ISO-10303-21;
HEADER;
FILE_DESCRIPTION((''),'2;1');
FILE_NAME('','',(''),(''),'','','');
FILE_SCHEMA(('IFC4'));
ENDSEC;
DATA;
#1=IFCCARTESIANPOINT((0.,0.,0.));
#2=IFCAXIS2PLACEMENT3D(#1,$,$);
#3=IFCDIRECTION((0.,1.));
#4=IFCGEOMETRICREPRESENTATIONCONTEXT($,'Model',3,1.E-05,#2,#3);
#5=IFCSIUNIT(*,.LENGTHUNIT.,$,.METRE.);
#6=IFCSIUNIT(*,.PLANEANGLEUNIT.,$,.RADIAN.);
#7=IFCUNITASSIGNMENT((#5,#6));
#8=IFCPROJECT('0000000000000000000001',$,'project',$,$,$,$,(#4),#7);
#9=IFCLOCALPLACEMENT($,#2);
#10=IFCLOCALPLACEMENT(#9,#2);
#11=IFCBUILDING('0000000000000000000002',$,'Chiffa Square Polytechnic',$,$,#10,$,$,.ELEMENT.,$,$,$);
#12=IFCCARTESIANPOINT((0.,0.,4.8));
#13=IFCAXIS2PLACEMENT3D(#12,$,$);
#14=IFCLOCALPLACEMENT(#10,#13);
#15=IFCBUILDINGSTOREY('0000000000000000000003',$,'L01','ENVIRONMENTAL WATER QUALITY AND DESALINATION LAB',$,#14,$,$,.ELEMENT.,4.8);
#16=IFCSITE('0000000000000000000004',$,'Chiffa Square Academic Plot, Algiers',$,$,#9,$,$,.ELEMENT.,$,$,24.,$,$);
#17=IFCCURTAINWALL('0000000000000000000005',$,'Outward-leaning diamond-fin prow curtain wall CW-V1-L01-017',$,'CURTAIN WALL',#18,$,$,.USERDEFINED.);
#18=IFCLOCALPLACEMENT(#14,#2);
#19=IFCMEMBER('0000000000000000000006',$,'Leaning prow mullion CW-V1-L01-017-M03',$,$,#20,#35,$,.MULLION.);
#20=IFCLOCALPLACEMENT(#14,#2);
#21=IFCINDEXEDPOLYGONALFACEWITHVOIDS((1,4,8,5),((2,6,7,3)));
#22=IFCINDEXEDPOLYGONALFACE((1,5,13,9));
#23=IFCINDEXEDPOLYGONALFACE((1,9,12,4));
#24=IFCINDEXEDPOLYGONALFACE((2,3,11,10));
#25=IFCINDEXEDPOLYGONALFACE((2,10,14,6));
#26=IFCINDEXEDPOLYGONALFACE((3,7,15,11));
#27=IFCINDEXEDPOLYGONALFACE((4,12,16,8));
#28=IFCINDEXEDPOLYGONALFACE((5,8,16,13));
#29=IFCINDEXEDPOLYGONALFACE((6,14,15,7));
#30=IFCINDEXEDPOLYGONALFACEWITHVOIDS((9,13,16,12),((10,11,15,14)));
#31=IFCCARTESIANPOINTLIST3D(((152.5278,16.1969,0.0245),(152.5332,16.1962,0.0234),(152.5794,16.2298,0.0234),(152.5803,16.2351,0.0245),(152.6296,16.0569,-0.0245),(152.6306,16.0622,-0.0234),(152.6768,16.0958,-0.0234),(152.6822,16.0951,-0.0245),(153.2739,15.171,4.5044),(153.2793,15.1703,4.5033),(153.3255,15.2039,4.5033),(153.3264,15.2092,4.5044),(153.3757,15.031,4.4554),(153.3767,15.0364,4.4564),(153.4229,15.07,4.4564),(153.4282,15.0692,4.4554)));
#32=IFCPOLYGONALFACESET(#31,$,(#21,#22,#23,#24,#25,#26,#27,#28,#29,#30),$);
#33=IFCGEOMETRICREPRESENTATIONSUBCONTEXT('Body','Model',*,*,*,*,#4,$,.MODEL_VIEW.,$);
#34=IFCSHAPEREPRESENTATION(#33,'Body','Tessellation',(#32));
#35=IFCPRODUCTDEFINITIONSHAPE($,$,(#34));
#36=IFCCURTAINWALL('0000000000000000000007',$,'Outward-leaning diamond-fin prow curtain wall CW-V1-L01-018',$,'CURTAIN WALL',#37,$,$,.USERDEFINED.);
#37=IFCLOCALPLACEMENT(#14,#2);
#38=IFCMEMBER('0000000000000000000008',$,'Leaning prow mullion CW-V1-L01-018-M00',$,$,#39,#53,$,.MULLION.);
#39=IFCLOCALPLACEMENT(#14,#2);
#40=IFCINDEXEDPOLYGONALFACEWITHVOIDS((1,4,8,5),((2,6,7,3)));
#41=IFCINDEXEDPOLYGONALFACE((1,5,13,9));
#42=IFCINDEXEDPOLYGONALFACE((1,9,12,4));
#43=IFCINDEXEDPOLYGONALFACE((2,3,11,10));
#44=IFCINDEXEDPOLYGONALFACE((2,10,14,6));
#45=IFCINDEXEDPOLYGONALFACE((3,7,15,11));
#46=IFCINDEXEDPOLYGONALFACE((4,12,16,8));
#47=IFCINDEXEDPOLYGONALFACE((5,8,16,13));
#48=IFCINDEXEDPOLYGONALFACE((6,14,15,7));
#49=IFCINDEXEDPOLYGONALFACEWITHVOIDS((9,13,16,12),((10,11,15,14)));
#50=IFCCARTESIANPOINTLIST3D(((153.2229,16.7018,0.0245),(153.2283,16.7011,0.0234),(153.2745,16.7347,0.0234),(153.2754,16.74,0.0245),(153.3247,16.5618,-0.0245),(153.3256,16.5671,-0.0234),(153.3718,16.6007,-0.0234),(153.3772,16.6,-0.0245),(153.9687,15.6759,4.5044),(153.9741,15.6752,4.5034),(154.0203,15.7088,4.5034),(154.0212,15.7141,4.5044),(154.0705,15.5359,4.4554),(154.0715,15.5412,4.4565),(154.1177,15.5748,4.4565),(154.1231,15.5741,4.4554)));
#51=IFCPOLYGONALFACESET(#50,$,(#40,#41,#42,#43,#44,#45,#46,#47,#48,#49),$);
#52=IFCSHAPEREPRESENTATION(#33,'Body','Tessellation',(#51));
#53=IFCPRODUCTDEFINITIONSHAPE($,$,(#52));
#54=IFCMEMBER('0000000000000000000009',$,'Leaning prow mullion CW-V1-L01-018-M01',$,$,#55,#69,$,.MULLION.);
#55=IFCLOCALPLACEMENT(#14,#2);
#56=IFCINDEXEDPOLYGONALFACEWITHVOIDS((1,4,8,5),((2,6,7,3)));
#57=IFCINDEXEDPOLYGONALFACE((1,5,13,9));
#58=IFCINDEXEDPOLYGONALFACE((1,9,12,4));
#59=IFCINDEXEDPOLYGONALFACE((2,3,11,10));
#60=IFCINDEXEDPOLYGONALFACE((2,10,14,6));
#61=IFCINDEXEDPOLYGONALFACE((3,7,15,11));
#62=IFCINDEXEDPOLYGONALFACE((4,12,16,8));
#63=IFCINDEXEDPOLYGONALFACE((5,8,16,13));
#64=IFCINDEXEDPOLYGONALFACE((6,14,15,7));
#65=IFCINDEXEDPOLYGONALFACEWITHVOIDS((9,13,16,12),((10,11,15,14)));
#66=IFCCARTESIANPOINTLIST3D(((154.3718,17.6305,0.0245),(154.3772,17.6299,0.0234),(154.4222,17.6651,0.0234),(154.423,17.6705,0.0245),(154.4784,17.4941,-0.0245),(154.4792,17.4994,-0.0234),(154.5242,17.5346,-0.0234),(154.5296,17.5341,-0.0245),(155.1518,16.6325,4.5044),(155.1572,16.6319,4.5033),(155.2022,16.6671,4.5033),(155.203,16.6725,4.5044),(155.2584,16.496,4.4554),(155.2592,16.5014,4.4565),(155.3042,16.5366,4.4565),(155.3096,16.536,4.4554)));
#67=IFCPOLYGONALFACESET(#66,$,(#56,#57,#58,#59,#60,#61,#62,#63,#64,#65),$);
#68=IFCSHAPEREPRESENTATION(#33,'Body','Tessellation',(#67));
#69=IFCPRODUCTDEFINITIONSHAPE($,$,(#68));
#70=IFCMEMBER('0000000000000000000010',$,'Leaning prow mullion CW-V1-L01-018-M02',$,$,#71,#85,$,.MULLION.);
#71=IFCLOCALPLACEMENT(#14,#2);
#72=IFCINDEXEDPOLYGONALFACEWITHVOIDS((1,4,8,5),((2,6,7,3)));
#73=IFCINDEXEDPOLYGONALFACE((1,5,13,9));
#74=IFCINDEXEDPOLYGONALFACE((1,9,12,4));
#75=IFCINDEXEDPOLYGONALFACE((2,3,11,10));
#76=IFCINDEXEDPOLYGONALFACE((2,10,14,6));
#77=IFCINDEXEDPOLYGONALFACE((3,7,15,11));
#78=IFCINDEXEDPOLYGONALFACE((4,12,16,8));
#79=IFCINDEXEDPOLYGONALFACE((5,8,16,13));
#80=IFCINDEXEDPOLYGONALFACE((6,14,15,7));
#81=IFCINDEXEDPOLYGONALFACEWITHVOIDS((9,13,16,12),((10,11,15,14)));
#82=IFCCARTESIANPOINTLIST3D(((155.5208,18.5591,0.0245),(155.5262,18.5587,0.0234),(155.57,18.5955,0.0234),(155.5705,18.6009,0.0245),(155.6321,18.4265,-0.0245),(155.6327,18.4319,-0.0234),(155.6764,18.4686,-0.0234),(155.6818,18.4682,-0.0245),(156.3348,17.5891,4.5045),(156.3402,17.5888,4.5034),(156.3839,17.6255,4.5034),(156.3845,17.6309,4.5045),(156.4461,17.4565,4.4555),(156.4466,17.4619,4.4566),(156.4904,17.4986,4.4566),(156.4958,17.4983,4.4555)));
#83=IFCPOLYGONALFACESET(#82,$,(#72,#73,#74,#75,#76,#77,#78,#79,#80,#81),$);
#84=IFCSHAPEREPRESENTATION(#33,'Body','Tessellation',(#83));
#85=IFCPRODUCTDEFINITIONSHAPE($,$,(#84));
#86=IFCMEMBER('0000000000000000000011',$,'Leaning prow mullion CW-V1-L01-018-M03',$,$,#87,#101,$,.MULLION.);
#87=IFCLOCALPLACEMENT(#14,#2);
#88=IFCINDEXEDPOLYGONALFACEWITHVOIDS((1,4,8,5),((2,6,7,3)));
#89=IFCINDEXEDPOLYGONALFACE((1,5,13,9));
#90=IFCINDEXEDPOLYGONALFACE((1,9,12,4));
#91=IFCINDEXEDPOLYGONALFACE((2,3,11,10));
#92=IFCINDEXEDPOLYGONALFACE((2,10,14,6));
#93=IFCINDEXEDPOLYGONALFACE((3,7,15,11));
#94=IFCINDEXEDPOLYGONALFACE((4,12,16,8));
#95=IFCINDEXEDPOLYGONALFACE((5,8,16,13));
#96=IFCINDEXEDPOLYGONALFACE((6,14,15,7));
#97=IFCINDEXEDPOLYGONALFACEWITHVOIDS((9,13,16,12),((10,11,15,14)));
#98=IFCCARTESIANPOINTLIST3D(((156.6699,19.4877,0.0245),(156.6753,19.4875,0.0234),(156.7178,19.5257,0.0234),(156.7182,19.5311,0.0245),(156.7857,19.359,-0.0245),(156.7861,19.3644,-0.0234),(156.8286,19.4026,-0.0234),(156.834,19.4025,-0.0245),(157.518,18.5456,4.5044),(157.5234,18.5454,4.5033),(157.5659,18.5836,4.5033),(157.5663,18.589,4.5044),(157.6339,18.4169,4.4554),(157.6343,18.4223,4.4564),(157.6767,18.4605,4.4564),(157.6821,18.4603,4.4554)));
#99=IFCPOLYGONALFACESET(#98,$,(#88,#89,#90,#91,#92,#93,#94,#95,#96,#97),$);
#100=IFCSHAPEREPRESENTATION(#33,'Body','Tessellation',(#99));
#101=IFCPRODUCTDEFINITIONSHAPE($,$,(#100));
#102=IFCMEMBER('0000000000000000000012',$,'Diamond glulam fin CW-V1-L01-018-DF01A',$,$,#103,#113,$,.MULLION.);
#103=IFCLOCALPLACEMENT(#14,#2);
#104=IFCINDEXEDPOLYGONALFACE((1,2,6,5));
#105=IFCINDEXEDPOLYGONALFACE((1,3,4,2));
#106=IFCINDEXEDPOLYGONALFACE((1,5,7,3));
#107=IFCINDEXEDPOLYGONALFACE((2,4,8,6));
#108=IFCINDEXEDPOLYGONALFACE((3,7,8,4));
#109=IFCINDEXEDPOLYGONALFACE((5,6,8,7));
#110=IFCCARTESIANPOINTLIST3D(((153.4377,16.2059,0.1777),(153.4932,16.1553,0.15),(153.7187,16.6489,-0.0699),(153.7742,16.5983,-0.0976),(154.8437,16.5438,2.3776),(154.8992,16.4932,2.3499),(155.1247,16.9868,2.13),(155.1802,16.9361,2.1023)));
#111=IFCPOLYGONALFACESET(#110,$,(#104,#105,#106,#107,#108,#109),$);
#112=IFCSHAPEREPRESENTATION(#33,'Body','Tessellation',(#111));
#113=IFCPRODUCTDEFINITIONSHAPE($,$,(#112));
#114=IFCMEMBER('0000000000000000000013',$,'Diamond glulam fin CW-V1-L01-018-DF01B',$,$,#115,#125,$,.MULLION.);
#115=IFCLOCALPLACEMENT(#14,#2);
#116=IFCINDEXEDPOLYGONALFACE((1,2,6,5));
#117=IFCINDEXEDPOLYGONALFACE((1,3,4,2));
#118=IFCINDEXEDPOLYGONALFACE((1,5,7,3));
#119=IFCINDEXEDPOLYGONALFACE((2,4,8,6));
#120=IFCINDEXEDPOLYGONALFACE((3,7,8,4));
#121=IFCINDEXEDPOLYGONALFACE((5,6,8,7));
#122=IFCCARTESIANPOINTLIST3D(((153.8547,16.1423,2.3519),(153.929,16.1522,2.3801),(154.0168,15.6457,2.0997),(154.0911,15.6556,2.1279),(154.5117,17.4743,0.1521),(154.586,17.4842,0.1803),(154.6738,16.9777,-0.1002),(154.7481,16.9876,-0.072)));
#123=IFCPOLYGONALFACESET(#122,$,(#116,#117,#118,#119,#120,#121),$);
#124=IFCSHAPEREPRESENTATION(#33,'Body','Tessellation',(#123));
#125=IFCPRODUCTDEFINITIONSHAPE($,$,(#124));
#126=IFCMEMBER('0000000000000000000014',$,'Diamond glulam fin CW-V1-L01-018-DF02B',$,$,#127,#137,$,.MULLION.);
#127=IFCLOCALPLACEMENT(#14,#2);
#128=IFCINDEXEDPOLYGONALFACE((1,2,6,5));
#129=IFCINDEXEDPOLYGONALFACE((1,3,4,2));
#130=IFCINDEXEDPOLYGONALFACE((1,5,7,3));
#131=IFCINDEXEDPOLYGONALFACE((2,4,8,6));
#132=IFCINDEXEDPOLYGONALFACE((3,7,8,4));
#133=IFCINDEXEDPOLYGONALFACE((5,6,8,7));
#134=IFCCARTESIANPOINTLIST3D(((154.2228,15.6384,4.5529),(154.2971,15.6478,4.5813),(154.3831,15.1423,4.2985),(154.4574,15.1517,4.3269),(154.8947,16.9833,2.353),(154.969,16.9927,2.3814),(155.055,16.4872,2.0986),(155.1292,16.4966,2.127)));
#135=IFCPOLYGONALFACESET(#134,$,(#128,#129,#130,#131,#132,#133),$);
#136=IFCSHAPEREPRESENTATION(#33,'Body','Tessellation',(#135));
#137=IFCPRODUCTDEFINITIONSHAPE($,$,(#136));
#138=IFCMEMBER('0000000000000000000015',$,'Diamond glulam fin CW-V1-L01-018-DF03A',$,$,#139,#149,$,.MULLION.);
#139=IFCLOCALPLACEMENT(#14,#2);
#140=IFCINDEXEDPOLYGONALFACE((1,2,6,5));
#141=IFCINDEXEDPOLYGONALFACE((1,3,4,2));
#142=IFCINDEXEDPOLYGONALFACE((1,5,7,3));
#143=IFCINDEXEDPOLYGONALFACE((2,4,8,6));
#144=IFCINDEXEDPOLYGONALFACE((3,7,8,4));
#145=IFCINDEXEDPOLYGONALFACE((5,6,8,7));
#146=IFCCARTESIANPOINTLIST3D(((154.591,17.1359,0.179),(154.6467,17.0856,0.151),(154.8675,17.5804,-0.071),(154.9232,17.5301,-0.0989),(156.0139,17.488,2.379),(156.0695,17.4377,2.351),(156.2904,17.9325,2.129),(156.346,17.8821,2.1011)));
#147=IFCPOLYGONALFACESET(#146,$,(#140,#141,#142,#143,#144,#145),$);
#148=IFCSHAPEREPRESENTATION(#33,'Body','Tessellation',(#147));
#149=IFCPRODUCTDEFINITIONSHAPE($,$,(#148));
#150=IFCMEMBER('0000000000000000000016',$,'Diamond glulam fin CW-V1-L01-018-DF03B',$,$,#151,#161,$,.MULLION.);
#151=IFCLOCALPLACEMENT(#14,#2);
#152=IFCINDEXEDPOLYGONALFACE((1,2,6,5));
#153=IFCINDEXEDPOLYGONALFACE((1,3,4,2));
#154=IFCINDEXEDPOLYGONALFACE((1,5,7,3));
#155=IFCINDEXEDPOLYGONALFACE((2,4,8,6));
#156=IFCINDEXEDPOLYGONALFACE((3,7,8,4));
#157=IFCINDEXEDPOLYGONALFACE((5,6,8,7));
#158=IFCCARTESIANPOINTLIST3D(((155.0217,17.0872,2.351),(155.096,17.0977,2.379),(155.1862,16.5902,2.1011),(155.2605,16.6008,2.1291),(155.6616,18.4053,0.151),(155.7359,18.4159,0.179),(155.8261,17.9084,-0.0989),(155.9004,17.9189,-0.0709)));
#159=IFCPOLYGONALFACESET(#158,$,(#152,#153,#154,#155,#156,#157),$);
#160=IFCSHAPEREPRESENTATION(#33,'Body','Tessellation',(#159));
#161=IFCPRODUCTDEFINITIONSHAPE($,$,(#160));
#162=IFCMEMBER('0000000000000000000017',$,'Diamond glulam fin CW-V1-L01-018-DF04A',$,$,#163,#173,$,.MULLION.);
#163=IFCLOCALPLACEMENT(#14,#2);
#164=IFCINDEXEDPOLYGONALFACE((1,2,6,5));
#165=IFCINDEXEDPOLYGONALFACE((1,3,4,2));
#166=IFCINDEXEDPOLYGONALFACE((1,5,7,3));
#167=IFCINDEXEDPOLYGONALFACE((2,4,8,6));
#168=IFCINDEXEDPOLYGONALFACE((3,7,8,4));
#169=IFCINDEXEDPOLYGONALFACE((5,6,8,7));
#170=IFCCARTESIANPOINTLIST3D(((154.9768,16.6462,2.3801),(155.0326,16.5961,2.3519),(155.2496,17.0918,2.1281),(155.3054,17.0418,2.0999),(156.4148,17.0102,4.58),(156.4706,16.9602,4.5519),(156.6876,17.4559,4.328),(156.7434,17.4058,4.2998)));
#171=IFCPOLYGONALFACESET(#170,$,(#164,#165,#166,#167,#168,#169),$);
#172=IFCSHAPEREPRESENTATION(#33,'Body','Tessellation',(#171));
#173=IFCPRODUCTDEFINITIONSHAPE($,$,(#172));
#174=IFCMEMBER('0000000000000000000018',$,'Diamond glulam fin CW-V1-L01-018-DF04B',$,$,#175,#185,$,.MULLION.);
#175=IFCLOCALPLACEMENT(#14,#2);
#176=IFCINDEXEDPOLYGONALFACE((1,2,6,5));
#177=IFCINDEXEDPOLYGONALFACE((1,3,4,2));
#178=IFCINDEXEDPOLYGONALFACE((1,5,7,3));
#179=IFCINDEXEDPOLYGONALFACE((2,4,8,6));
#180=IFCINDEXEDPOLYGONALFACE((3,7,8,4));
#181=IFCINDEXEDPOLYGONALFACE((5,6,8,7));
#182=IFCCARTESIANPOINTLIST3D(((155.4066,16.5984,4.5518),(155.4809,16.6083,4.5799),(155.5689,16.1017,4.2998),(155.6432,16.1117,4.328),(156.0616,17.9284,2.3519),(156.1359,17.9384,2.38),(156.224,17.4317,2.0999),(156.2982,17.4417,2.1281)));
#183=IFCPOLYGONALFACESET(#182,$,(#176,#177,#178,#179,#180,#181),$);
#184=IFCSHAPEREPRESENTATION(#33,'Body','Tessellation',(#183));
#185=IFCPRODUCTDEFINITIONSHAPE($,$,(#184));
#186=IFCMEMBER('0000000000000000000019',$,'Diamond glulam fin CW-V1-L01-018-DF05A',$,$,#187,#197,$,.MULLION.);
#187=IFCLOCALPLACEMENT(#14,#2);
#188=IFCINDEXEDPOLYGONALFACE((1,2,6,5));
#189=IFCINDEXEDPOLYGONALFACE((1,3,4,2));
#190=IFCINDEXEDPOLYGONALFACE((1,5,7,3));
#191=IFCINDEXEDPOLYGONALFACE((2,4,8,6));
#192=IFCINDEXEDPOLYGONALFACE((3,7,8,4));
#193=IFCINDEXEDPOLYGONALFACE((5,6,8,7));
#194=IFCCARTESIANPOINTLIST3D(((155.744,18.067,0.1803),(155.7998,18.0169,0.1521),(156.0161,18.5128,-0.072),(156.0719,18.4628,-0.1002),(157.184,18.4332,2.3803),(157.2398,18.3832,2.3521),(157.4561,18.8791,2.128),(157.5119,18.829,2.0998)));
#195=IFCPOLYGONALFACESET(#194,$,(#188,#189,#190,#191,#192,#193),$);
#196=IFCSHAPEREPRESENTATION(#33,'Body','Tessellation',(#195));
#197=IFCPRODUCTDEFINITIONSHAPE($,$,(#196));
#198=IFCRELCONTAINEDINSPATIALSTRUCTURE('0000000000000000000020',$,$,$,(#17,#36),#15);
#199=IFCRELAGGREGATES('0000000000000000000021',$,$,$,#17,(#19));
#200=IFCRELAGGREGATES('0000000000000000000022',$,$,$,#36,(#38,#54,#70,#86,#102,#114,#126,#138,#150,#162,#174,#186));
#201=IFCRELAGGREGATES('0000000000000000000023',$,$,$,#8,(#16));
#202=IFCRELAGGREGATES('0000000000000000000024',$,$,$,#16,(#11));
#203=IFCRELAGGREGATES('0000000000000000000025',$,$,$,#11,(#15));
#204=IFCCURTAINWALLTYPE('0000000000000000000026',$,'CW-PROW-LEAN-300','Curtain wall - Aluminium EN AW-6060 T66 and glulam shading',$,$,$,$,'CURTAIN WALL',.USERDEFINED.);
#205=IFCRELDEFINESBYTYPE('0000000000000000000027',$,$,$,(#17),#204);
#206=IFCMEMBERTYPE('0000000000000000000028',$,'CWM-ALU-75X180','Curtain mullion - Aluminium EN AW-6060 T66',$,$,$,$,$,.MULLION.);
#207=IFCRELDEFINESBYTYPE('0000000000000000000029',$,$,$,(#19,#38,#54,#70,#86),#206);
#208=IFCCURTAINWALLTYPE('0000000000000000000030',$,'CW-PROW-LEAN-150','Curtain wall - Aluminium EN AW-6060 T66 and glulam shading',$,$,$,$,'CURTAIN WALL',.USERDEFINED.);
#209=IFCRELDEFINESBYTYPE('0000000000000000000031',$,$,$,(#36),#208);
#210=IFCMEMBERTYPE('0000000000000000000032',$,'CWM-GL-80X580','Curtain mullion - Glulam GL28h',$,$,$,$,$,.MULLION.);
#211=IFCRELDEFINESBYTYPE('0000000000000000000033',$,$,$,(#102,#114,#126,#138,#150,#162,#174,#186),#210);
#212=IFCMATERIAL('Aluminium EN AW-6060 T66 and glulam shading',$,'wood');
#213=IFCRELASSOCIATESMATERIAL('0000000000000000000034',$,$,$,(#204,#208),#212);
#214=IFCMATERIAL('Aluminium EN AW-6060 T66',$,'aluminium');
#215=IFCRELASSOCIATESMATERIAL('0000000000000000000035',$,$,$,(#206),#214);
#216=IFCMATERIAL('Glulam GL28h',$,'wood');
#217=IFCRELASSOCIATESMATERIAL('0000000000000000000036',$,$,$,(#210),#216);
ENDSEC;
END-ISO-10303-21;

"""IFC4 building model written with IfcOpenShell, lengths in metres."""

from ifc_helpers import new_model, si_unit, direction, frame, origin, origin_2d, place, context, subcontext, project, spatial, rectangle, hollow_rectangle, extrude, material, material_profile, profile_set, type_object, element, aggregate, save


model = new_model("IFC4")

# Units and contexts
model_context = context("Model", 3, precision=1e-05, world=origin(), true_north=direction((0.0, 1.0)))
body_context = subcontext(model_context, "Body", "Model", "MODEL_VIEW")
ifc_project = project(units=[si_unit("LENGTHUNIT", "METRE"), si_unit("PLANEANGLEUNIT", "RADIAN")], contexts=[model_context])

# Site, building, storey
site_placement = place(None, origin())
site = spatial("IfcSite", under=ifc_project, at=site_placement, Name="Chiffa Square Academic Plot, Algiers", CompositionType="ELEMENT", RefElevation=24.0)
building_placement = place(site_placement, origin())
building = spatial("IfcBuilding", under=site, at=building_placement, Name="Chiffa Square Polytechnic", CompositionType="ELEMENT")
storey_placement = place(building_placement, frame((0.0, 0.0, 4.8)))
storey = spatial("IfcBuildingStorey", under=building, at=storey_placement, Name="L01", Description="ENVIRONMENTAL WATER QUALITY AND DESALINATION LAB", CompositionType="ELEMENT", Elevation=4.8)

# Curtain wall, member
ifc_material_1 = material(Name="Aluminium EN AW-6060 T66 and glulam shading", Category="wood")
curtain_wall_type_1 = type_object("IfcCurtainWallType", Name="CW-PROW-LEAN-300", Description="Curtain wall - Aluminium EN AW-6060 T66 and glulam shading", ElementType="CURTAIN WALL", PredefinedType="USERDEFINED", material=ifc_material_1)
curtain_wall_1_placement = place(storey_placement, origin())
curtain_wall_1 = element("IfcCurtainWall", 1, at=curtain_wall_1_placement, inside=storey, type_object=curtain_wall_type_1, Name="Outward-leaning diamond-fin prow curtain wall CW-V1-L01-017", ObjectType="CURTAIN WALL", PredefinedType="USERDEFINED")
ifc_material_2 = material(Name="Aluminium EN AW-6060 T66", Category="aluminium")
ifc_material_profile_1 = material_profile(ifc_material_2, hollow_rectangle(XDim=0.0649, YDim=0.1799, WallThickness=0.0039, at=origin_2d()), Name="ALU 65x180x4")
ifc_profile_set_1 = profile_set([ifc_material_profile_1], Name="Aluminium EN AW-6060 T66")
member_type_1 = type_object("IfcMemberType", Name="CWM-ALU-75X180", Description="Curtain mullion - Aluminium EN AW-6060 T66", PredefinedType="MULLION", material=ifc_profile_set_1)
member_1_placement = place(storey_placement, frame((152.605, 16.146, 0.0), z_axis=(0.16024, -0.22033, 0.962174), x_axis=(0.808736, 0.588172, 0.0)))
member_1 = element("IfcMember", 2, at=member_1_placement, type_object=member_type_1, Name="Leaning prow mullion CW-V1-L01-017-M03", PredefinedType="MULLION", context=body_context, shape_type="SweptSolid", body=[
    extrude(hollow_rectangle(XDim=0.0649, YDim=0.1799, WallThickness=0.0039, at=origin_2d()), origin(), (0.0, 0.0, 1.0), 4.656),
])
aggregate(curtain_wall_1, [member_1])

# Curtain wall, members
curtain_wall_type_2 = type_object("IfcCurtainWallType", Name="CW-PROW-LEAN-150", Description="Curtain wall - Aluminium EN AW-6060 T66 and glulam shading", ElementType="CURTAIN WALL", PredefinedType="USERDEFINED", material=ifc_material_1)
curtain_wall_2_placement = place(storey_placement, origin())
curtain_wall_2 = element("IfcCurtainWall", 3, at=curtain_wall_2_placement, inside=storey, type_object=curtain_wall_type_2, Name="Outward-leaning diamond-fin prow curtain wall CW-V1-L01-018", ObjectType="CURTAIN WALL", PredefinedType="USERDEFINED")
member_2_placement = place(storey_placement, frame((153.3, 16.6509, 0.0), z_axis=(0.160189, -0.220332, 0.962182), x_axis=(0.808828, 0.588046, 0.0)))
member_2 = element("IfcMember", 4, at=member_2_placement, type_object=member_type_1, Name="Leaning prow mullion CW-V1-L01-018-M00", PredefinedType="MULLION", context=body_context, shape_type="SweptSolid", body=[
    extrude(hollow_rectangle(XDim=0.0649, YDim=0.1799, WallThickness=0.0039, at=origin_2d()), origin(), (0.0, 0.0, 1.0), 4.656),
])
member_3_placement = place(storey_placement, frame((154.4507, 17.5823, 0.0), z_axis=(0.167546, -0.214375, 0.962274), x_axis=(0.787907, 0.615794, 0.0)))
member_3 = element("IfcMember", 5, at=member_3_placement, type_object=member_type_1, Name="Leaning prow mullion CW-V1-L01-018-M01", PredefinedType="MULLION", context=body_context, shape_type="SweptSolid", body=[
    extrude(hollow_rectangle(XDim=0.0649, YDim=0.1799, WallThickness=0.0039, at=origin_2d()), origin(), (0.0, 0.0, 1.0), 4.6555),
])
member_4_placement = place(storey_placement, frame((155.6013, 18.5137, 0.0), z_axis=(0.17484, -0.20835, 0.9623), x_axis=(0.76602, 0.642817, 0.0)))
member_4 = element("IfcMember", 6, at=member_4_placement, type_object=member_type_1, Name="Leaning prow mullion CW-V1-L01-018-M02", PredefinedType="MULLION", context=body_context, shape_type="SweptSolid", body=[
    extrude(hollow_rectangle(XDim=0.0649, YDim=0.1799, WallThickness=0.0039, at=origin_2d()), origin(), (0.0, 0.0, 1.0), 4.6555),
])
member_5_placement = place(storey_placement, frame((156.752, 19.4451, 0.0), z_axis=(0.182166, -0.202355, 0.96222), x_axis=(0.743208, 0.66906, 0.0)))
member_5 = element("IfcMember", 7, at=member_5_placement, type_object=member_type_1, Name="Leaning prow mullion CW-V1-L01-018-M03", PredefinedType="MULLION", context=body_context, shape_type="SweptSolid", body=[
    extrude(hollow_rectangle(XDim=0.0649, YDim=0.1799, WallThickness=0.0039, at=origin_2d()), origin(), (0.0, 0.0, 1.0), 4.6558),
])
ifc_material_3 = material(Name="Glulam GL28h", Category="wood")
ifc_material_profile_2 = material_profile(ifc_material_3, rectangle(XDim=0.0801, YDim=0.5801, at=origin_2d()), Name="GL28h 80x580")
ifc_profile_set_2 = profile_set([ifc_material_profile_2], Name="Glulam GL28h")
member_type_2 = type_object("IfcMemberType", Name="CWM-GL-80X580", Description="Curtain mullion - Glulam GL28h", PredefinedType="MULLION", material=ifc_profile_set_2)
member_6_placement = place(storey_placement, frame((153.606, 16.4021, 0.04), z_axis=(0.534066, 0.128347, 0.835644), x_axis=(-0.692922, 0.63275, 0.345668)))
member_6 = element("IfcMember", 8, at=member_6_placement, type_object=member_type_2, Name="Diamond glulam fin CW-V1-L01-018-DF01A", PredefinedType="MULLION", context=body_context, shape_type="SweptSolid", body=[
    extrude(rectangle(XDim=0.0801, YDim=0.5801, at=origin_2d()), origin(), (0.0, 0.0, 1.0), 2.6326),
])
member_7_placement = place(storey_placement, frame((154.6299, 17.231, 0.04), z_axis=(-0.247509, -0.501824, 0.828801), x_axis=(0.927698, 0.124015, 0.352132)))
member_7 = element("IfcMember", 9, at=member_7_placement, type_object=member_type_2, Name="Diamond glulam fin CW-V1-L01-018-DF01B", PredefinedType="MULLION", context=body_context, shape_type="SweptSolid", body=[
    extrude(rectangle(XDim=0.0801, YDim=0.5801, at=origin_2d()), origin(), (0.0, 0.0, 1.0), 2.6543),
])
member_8_placement = place(storey_placement, frame((155.012, 16.74, 2.24), z_axis=(-0.252148, -0.504753, 0.825618), x_axis=(0.92742, 0.117512, 0.355081)))
member_8 = element("IfcMember", 10, at=member_8_placement, type_object=member_type_2, Name="Diamond glulam fin CW-V1-L01-018-DF02B", PredefinedType="MULLION", context=body_context, shape_type="SweptSolid", body=[
    extrude(rectangle(XDim=0.0801, YDim=0.5801, at=origin_2d()), origin(), (0.0, 0.0, 1.0), 2.6646),
])
member_9_placement = place(storey_placement, frame((154.7571, 17.333, 0.04), z_axis=(0.53824, 0.133175, 0.832203), x_axis=(-0.695049, 0.628608, 0.34894)))
member_9 = element("IfcMember", 11, at=member_9_placement, type_object=member_type_2, Name="Diamond glulam fin CW-V1-L01-018-DF03A", PredefinedType="MULLION", context=body_context, shape_type="SweptSolid", body=[
    extrude(rectangle(XDim=0.0801, YDim=0.5801, at=origin_2d()), origin(), (0.0, 0.0, 1.0), 2.6436),
])
member_10_placement = place(storey_placement, frame((155.781, 18.1621, 0.04), z_axis=(-0.242087, -0.498676, 0.832296), x_axis=(0.927864, 0.131798, 0.348852)))
member_10 = element("IfcMember", 12, at=member_10_placement, type_object=member_type_2, Name="Diamond glulam fin CW-V1-L01-018-DF03B", PredefinedType="MULLION", context=body_context, shape_type="SweptSolid", body=[
    extrude(rectangle(XDim=0.0801, YDim=0.5801, at=origin_2d()), origin(), (0.0, 0.0, 1.0), 2.6433),
])
member_11_placement = place(storey_placement, frame((155.1411, 16.844, 2.24), z_axis=(0.541958, 0.137192, 0.829132), x_axis=(-0.696546, 0.625335, 0.351824)))
member_11 = element("IfcMember", 13, at=member_11_placement, type_object=member_type_2, Name="Diamond glulam fin CW-V1-L01-018-DF04A", PredefinedType="MULLION", context=body_context, shape_type="SweptSolid", body=[
    extrude(rectangle(XDim=0.0801, YDim=0.5801, at=origin_2d()), origin(), (0.0, 0.0, 1.0), 2.6533),
])
member_12_placement = place(storey_placement, frame((156.1799, 17.6851, 2.24), z_axis=(-0.246909, -0.501365, 0.829258), x_axis=(0.927751, 0.124828, 0.351706)))
member_12 = element("IfcMember", 14, at=member_12_placement, type_object=member_type_2, Name="Diamond glulam fin CW-V1-L01-018-DF04B", PredefinedType="MULLION", context=body_context, shape_type="SweptSolid", body=[
    extrude(rectangle(XDim=0.0801, YDim=0.5801, at=origin_2d()), origin(), (0.0, 0.0, 1.0), 2.6528),
])
member_13_placement = place(storey_placement, frame((155.908, 18.2649, 0.04), z_axis=(0.542416, 0.137949, 0.828707), x_axis=(-0.696981, 0.624627, 0.35222)))
member_13 = element("IfcMember", 15, at=member_13_placement, type_object=member_type_2, Name="Diamond glulam fin CW-V1-L01-018-DF05A", PredefinedType="MULLION", context=body_context, shape_type="SweptSolid", body=[
    extrude(rectangle(XDim=0.0801, YDim=0.5801, at=origin_2d()), origin(), (0.0, 0.0, 1.0), 2.6548),
])
aggregate(curtain_wall_2, [member_2, member_3, member_4, member_5, member_6, member_7, member_8, member_9, member_10, member_11, member_12, member_13])

save(model, "model.ifc")
